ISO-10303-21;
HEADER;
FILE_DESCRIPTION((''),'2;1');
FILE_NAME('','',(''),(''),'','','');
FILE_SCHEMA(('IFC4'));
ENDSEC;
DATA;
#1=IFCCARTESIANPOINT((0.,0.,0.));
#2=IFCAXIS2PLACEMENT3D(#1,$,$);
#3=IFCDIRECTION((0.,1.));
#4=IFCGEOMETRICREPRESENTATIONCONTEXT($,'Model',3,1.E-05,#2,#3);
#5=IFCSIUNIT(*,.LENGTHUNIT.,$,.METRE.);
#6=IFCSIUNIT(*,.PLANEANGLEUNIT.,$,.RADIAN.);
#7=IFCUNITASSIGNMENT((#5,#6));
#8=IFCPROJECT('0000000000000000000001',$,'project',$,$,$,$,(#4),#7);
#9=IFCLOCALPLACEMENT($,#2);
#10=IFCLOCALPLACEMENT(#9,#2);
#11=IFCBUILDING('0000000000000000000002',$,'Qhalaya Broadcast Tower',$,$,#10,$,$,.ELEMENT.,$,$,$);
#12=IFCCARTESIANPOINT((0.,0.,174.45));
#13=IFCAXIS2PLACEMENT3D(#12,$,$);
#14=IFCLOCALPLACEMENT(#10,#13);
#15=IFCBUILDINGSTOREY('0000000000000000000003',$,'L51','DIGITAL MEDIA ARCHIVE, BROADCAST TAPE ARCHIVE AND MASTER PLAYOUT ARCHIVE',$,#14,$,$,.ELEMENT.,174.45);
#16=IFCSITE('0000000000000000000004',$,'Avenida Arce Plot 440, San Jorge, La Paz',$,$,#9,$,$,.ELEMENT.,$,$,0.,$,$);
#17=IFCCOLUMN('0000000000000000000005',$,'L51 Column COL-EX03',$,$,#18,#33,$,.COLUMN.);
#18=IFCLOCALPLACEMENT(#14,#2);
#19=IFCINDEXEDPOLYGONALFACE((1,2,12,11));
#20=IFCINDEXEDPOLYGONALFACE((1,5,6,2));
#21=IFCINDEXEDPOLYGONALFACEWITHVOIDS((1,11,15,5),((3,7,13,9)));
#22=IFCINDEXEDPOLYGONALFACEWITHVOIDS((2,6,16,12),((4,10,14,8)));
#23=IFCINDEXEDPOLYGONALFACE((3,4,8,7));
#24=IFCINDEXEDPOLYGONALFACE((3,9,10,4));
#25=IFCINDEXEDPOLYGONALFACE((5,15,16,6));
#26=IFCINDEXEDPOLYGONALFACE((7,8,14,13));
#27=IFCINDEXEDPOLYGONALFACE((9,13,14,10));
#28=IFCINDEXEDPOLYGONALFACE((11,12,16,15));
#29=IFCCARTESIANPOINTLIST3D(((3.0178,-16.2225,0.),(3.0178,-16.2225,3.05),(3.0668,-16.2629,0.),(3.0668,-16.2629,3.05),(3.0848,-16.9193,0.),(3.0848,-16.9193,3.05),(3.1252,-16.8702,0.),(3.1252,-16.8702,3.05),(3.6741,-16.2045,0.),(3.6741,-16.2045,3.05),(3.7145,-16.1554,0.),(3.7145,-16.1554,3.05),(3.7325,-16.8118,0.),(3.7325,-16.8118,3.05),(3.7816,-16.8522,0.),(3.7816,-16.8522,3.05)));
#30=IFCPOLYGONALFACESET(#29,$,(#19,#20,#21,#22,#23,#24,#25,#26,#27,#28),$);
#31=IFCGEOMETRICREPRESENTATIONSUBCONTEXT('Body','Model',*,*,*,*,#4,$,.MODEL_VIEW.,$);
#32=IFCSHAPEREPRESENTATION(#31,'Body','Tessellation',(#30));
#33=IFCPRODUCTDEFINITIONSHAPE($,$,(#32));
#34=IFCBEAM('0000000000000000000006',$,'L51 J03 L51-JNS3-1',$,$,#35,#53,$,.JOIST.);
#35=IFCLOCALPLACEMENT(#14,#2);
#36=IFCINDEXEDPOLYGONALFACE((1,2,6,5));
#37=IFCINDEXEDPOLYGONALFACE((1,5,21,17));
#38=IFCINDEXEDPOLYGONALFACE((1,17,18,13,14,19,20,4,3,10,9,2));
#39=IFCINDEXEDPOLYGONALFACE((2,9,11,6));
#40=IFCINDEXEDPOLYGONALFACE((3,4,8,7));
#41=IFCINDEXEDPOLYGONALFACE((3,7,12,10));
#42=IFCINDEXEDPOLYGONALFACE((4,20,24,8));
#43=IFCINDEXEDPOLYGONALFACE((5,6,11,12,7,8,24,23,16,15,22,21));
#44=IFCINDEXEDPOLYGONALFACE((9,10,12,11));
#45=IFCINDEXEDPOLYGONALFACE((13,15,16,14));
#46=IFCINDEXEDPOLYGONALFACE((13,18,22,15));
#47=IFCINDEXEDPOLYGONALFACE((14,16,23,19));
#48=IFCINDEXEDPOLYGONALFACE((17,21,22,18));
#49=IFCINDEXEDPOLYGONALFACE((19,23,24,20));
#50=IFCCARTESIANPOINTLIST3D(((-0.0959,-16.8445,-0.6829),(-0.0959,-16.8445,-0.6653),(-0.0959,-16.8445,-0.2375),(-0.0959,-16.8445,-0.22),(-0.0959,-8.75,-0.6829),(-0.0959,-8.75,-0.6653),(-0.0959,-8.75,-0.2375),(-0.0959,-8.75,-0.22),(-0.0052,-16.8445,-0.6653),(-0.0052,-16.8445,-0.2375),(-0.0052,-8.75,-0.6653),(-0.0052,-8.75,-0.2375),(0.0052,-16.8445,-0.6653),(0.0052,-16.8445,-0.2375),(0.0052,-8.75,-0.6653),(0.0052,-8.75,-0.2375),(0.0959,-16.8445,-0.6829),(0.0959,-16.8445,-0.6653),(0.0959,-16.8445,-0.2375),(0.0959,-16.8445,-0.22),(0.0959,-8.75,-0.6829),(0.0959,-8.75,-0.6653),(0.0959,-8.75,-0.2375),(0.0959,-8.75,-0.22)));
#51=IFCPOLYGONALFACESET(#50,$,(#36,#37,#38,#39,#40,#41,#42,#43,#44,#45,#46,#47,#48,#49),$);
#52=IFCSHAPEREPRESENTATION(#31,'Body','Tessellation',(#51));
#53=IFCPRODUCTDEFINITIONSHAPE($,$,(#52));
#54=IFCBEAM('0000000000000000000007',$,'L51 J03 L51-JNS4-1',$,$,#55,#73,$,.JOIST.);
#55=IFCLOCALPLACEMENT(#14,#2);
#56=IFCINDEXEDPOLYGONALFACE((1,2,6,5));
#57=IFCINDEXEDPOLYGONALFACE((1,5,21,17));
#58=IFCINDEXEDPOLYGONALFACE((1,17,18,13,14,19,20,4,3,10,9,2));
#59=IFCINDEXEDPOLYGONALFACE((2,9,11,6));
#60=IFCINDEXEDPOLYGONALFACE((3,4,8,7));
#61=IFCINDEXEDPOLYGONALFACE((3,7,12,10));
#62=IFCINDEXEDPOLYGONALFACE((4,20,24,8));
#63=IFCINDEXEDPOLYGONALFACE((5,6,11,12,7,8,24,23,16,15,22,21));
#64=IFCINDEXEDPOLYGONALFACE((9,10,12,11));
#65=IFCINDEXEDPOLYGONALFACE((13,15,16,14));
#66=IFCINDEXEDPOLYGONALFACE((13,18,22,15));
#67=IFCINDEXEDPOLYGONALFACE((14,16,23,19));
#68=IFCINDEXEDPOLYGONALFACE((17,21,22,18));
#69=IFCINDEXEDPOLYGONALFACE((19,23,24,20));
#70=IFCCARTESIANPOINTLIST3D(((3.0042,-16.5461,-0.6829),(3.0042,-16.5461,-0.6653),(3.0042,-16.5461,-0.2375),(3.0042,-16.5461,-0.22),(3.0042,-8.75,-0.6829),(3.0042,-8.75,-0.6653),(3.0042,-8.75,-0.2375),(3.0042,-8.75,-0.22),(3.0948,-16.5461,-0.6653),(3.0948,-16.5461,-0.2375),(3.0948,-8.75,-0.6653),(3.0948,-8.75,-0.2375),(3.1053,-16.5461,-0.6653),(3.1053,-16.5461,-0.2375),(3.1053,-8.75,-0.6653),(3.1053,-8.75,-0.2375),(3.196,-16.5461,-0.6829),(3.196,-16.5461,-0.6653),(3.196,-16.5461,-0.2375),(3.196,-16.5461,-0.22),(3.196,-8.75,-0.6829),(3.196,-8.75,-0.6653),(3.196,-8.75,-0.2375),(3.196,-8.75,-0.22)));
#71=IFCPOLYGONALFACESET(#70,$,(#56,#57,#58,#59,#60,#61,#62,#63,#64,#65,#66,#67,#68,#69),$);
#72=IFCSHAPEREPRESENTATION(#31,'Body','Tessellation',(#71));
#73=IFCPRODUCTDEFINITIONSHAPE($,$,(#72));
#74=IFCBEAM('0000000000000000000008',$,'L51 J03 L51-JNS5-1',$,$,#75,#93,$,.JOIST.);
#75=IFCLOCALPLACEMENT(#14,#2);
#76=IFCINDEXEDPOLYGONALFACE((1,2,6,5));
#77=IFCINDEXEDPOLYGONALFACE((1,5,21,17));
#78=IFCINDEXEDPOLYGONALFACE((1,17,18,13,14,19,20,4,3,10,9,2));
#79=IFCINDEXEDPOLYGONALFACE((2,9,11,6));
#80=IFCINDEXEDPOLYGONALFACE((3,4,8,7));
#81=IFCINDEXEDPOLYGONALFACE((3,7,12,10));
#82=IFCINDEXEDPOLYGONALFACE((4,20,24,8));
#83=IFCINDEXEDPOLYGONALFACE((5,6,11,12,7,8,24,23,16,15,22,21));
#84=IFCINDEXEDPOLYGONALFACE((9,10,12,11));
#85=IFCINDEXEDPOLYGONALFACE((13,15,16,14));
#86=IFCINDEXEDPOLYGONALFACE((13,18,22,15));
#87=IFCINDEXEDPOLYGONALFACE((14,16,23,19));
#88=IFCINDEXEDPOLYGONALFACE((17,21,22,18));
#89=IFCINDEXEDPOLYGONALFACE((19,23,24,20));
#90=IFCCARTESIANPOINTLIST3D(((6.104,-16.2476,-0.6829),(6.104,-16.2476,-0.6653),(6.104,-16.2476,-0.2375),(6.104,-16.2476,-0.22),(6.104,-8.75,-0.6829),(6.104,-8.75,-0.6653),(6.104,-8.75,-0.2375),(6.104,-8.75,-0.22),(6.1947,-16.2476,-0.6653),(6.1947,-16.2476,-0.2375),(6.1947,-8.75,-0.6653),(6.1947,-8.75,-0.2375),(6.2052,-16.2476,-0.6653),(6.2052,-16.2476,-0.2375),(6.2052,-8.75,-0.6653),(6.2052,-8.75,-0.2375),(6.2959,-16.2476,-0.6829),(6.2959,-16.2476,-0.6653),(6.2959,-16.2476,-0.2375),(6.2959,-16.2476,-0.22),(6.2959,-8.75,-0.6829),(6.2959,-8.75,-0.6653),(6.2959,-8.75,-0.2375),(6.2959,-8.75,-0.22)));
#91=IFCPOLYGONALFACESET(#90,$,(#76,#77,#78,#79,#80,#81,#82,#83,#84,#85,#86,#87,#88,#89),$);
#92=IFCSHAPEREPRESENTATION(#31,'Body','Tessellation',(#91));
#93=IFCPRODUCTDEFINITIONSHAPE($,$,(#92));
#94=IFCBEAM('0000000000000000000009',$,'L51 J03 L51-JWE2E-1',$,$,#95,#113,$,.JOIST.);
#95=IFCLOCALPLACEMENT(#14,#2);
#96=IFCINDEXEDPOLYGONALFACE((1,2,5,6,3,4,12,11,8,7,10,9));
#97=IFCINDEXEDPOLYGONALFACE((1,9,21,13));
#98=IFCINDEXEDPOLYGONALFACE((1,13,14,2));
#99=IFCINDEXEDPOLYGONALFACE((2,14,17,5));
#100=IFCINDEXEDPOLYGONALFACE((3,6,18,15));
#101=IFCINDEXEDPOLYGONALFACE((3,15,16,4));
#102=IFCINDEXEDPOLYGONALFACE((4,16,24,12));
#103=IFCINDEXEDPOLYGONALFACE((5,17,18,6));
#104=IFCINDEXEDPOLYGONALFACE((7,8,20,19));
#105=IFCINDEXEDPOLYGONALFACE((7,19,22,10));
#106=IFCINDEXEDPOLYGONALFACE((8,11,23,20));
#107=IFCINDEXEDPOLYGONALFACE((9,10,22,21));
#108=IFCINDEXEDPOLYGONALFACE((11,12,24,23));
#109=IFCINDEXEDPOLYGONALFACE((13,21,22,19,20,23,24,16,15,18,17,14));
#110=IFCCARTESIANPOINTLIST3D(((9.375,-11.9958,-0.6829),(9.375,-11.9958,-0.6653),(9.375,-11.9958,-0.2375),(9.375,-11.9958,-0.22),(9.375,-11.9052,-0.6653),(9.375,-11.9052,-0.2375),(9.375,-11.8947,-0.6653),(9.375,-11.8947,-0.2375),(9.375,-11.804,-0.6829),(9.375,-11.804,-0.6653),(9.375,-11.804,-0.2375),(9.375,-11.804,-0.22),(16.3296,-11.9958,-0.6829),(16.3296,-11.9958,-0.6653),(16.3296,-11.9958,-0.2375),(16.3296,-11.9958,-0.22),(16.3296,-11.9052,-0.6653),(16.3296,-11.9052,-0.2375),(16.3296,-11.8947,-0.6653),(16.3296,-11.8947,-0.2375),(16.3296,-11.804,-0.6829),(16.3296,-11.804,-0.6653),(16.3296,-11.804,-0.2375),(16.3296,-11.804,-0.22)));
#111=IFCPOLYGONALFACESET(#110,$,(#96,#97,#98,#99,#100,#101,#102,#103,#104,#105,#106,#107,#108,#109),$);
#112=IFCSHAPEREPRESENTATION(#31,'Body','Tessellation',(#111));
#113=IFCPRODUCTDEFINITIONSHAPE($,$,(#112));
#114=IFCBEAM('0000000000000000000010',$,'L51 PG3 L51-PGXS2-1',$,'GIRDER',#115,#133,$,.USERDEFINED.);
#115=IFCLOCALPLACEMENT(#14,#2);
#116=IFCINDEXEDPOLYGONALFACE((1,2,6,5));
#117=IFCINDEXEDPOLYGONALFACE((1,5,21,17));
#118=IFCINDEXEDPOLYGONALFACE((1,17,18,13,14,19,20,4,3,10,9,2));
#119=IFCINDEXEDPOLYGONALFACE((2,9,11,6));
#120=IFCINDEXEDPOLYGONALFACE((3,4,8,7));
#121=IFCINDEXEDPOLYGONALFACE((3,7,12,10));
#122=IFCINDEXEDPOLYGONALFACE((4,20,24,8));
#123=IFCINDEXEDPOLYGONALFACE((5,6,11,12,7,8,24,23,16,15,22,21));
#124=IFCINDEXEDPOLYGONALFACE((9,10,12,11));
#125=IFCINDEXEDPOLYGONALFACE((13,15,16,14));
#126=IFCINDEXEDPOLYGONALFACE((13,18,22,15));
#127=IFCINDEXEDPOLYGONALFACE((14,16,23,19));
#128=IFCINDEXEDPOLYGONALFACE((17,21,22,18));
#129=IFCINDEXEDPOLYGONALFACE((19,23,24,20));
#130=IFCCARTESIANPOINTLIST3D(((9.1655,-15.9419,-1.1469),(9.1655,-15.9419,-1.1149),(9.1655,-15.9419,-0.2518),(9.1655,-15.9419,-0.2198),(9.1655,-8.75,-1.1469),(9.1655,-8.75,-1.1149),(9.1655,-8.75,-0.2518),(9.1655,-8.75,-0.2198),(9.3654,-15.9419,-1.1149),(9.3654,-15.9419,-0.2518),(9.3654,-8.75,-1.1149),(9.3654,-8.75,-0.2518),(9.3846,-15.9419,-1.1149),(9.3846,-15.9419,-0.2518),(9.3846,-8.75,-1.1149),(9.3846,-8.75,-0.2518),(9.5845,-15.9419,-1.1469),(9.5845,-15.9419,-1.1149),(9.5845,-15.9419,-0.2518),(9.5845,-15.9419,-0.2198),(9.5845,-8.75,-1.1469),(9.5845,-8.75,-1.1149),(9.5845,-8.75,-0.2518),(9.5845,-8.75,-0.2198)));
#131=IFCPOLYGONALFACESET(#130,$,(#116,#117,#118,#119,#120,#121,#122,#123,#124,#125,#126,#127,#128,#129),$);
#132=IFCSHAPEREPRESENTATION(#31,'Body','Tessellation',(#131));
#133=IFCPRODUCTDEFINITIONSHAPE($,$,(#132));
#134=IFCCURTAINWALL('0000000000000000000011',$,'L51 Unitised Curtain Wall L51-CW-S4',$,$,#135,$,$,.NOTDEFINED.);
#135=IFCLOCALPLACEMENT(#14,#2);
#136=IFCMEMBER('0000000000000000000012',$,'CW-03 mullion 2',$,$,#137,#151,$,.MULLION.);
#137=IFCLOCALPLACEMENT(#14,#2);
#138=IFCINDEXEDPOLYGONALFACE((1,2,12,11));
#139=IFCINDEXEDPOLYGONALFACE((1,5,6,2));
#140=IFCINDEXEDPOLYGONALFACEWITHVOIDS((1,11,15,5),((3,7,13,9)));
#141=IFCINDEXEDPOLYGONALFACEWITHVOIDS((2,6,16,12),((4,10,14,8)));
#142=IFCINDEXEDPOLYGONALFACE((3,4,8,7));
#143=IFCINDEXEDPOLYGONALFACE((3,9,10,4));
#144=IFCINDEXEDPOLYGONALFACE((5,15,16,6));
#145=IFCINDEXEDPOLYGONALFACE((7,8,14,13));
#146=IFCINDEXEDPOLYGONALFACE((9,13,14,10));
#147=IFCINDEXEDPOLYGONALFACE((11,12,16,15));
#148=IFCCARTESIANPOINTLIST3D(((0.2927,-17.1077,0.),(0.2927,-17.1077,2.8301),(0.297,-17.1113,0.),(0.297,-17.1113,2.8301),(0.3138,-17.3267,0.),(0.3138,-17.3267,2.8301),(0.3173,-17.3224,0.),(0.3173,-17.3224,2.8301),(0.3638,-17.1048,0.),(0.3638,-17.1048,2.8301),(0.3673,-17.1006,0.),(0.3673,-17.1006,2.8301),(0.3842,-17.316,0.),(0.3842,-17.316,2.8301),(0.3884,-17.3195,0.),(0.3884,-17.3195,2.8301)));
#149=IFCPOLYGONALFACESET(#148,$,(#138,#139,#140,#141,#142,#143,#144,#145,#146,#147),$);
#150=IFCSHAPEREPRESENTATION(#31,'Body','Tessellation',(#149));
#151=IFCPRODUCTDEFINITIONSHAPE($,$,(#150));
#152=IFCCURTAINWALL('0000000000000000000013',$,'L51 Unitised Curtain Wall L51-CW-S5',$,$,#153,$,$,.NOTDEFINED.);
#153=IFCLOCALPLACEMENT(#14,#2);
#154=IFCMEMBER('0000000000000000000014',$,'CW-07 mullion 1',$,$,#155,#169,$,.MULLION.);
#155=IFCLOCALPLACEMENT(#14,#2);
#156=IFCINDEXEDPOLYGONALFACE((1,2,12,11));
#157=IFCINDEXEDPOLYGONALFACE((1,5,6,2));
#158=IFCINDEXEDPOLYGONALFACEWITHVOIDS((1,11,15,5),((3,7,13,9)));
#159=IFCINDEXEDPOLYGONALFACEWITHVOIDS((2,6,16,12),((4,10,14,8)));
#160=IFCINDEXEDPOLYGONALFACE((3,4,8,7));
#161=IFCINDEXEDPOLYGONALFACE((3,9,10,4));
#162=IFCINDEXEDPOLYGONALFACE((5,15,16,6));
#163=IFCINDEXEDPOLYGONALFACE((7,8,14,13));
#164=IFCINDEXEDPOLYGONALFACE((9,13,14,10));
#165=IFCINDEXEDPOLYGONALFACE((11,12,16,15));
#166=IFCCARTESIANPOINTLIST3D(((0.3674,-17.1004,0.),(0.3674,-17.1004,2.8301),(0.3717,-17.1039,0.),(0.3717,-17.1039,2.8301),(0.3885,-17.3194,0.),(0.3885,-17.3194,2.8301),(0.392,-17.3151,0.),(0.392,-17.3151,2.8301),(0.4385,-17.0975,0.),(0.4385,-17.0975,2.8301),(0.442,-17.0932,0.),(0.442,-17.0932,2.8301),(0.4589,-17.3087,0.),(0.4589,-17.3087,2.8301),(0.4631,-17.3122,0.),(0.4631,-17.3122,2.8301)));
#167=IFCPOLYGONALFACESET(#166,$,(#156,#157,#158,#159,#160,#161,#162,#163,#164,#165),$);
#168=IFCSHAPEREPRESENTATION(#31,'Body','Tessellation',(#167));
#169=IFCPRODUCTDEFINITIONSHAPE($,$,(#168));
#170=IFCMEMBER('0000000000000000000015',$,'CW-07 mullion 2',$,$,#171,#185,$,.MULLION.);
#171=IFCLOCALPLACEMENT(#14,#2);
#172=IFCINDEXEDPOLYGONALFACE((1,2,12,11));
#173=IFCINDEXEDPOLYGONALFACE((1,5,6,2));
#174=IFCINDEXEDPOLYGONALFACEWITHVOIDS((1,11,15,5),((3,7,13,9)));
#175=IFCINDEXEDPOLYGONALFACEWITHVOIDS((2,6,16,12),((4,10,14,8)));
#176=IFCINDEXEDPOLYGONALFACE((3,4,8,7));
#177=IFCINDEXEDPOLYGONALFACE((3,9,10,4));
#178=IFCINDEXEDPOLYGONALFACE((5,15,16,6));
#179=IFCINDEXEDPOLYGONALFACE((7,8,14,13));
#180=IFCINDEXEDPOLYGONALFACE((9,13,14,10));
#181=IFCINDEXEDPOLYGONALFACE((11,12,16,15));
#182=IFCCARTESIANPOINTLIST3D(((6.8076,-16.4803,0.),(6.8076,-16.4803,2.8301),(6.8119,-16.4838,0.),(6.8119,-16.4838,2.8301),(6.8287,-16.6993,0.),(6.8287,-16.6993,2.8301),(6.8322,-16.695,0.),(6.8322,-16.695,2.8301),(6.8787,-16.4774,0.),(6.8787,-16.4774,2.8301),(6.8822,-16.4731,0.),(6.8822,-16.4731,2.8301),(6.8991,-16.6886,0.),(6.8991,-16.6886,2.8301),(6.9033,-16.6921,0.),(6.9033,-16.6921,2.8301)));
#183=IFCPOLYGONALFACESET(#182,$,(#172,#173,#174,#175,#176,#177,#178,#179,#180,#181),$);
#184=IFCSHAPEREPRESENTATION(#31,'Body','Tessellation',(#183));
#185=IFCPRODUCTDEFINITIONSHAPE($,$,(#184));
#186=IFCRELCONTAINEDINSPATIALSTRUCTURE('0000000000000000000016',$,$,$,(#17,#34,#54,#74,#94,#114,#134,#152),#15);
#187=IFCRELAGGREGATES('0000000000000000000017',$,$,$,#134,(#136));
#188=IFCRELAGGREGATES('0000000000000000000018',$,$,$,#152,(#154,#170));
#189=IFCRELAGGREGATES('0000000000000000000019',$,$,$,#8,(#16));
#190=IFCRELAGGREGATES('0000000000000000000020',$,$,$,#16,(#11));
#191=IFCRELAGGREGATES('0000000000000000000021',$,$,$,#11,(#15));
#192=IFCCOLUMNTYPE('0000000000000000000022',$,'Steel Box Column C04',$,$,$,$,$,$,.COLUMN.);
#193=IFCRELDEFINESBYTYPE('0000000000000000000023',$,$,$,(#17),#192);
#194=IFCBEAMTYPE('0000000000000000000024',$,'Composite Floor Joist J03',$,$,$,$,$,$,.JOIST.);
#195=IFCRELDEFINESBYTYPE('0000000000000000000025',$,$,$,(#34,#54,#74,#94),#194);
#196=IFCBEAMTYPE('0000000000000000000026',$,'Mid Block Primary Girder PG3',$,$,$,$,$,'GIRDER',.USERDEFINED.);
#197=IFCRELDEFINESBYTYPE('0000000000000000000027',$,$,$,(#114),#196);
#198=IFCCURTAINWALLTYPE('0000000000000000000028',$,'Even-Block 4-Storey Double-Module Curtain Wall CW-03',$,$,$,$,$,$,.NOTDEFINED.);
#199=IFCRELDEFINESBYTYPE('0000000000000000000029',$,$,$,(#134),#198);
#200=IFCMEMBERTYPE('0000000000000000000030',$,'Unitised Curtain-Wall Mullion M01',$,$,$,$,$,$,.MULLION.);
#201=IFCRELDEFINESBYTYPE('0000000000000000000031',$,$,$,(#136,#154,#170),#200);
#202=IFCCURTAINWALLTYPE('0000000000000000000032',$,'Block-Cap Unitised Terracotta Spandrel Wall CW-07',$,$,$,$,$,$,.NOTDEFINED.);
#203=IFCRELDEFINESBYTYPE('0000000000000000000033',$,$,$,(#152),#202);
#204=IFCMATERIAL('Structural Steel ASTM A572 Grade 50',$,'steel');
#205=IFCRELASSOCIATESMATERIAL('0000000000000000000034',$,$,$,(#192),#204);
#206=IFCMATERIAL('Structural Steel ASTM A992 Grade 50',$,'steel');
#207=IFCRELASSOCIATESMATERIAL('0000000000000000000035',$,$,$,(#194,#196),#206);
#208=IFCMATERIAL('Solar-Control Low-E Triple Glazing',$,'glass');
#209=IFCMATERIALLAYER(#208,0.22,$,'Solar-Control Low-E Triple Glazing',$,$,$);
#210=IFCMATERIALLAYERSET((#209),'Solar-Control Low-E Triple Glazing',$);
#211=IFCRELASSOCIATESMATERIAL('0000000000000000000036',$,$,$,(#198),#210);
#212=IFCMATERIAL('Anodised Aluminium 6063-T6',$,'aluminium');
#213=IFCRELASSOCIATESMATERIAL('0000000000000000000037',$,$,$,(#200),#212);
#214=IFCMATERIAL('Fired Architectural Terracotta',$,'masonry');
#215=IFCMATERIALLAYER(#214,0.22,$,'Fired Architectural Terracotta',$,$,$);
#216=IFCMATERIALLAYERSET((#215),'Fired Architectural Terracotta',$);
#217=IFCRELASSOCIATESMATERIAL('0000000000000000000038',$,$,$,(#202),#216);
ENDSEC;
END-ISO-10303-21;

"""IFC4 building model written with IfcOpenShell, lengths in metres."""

from ifc_helpers import new_model, si_unit, direction, frame, origin, origin_2d, place, context, subcontext, project, spatial, hollow_rectangle, i_section, extrude, material, layer, layer_set, material_profile, profile_set, type_object, element, aggregate, save


model = new_model("IFC4")

# Units and contexts
model_context = context("Model", 3, precision=1e-05, world=origin(), true_north=direction((0.0, 1.0)))
body_context = subcontext(model_context, "Body", "Model", "MODEL_VIEW")
ifc_project = project(units=[si_unit("LENGTHUNIT", "METRE"), si_unit("PLANEANGLEUNIT", "RADIAN")], contexts=[model_context])

# Site, building, storey
site_placement = place(None, origin())
site = spatial("IfcSite", under=ifc_project, at=site_placement, Name="Avenida Arce Plot 440, San Jorge, La Paz", CompositionType="ELEMENT", RefElevation=0.0)
building_placement = place(site_placement, origin())
building = spatial("IfcBuilding", under=site, at=building_placement, Name="Qhalaya Broadcast Tower", CompositionType="ELEMENT")
storey_placement = place(building_placement, frame((0.0, 0.0, 174.45)))
storey = spatial("IfcBuildingStorey", under=building, at=storey_placement, Name="L51", Description="DIGITAL MEDIA ARCHIVE, BROADCAST TAPE ARCHIVE AND MASTER PLAYOUT ARCHIVE", CompositionType="ELEMENT", Elevation=174.45)

# Column
ifc_material_1 = material(Name="Structural Steel ASTM A572 Grade 50", Category="steel")
ifc_material_profile_1 = material_profile(ifc_material_1, hollow_rectangle(XDim=0.7, YDim=0.7, WallThickness=0.0449, at=origin_2d()), Name="BOX 700x700x45")
ifc_profile_set_1 = profile_set([ifc_material_profile_1], Name="Structural Steel ASTM A572 Grade 50")
column_type = type_object("IfcColumnType", Name="Steel Box Column C04", PredefinedType="COLUMN", material=ifc_profile_set_1)
column_placement = place(storey_placement, frame((3.3997, -16.5374, 0.0), z_axis=(0.0, 0.0, 1.0), x_axis=(0.995396, 0.095846, 0.0)))
element("IfcColumn", 1, at=column_placement, inside=storey, type_object=column_type, Name="L51 Column COL-EX03", PredefinedType="COLUMN", context=body_context, shape_type="SweptSolid", body=[
    extrude(hollow_rectangle(XDim=0.7, YDim=0.7, WallThickness=0.0449, at=origin_2d()), origin(), (0.0, 0.0, 1.0), 3.05),
])

# Beams
ifc_material_2 = material(Name="Structural Steel ASTM A992 Grade 50", Category="steel")
ifc_material_profile_2 = material_profile(ifc_material_2, i_section(OverallWidth=0.1919, OverallDepth=0.4629, WebThickness=0.0105, FlangeThickness=0.0176, at=origin_2d()), Name="W18X60")
ifc_profile_set_2 = profile_set([ifc_material_profile_2], Name="Structural Steel ASTM A992 Grade 50")
beam_type_1 = type_object("IfcBeamType", Name="Composite Floor Joist J03", PredefinedType="JOIST", material=ifc_profile_set_2)
beam_1_placement = place(storey_placement, frame((0.0, -16.8445, -0.4514), z_axis=(0.0, 1.0, 0.0), x_axis=(-1.0, 0.0, 0.0)))
element("IfcBeam", 2, at=beam_1_placement, inside=storey, type_object=beam_type_1, Name="L51 J03 L51-JNS3-1", PredefinedType="JOIST", context=body_context, shape_type="SweptSolid", body=[
    extrude(i_section(OverallWidth=0.1919, OverallDepth=0.4629, WebThickness=0.0105, FlangeThickness=0.0176, at=origin_2d()), origin(), (0.0, 0.0, 1.0), 8.0945),
])
beam_2_placement = place(storey_placement, frame((3.1001, -16.5461, -0.4514), z_axis=(0.0, 1.0, 0.0), x_axis=(-1.0, 0.0, 0.0)))
element("IfcBeam", 3, at=beam_2_placement, inside=storey, type_object=beam_type_1, Name="L51 J03 L51-JNS4-1", PredefinedType="JOIST", context=body_context, shape_type="SweptSolid", body=[
    extrude(i_section(OverallWidth=0.1919, OverallDepth=0.4629, WebThickness=0.0105, FlangeThickness=0.0176, at=origin_2d()), origin(), (0.0, 0.0, 1.0), 7.7961),
])
beam_3_placement = place(storey_placement, frame((6.2, -16.2476, -0.4514), z_axis=(0.0, 1.0, 0.0), x_axis=(-1.0, 0.0, 0.0)))
element("IfcBeam", 4, at=beam_3_placement, inside=storey, type_object=beam_type_1, Name="L51 J03 L51-JNS5-1", PredefinedType="JOIST", context=body_context, shape_type="SweptSolid", body=[
    extrude(i_section(OverallWidth=0.1919, OverallDepth=0.4629, WebThickness=0.0105, FlangeThickness=0.0176, at=origin_2d()), origin(), (0.0, 0.0, 1.0), 7.4976),
])
beam_4_placement = place(storey_placement, frame((9.375, -11.8999, -0.4514), z_axis=(1.0, 0.0, 0.0), x_axis=(0.0, 1.0, 0.0)))
element("IfcBeam", 5, at=beam_4_placement, inside=storey, type_object=beam_type_1, Name="L51 J03 L51-JWE2E-1", PredefinedType="JOIST", context=body_context, shape_type="SweptSolid", body=[
    extrude(i_section(OverallWidth=0.1919, OverallDepth=0.4629, WebThickness=0.0105, FlangeThickness=0.0176, at=origin_2d()), origin(), (0.0, 0.0, 1.0), 6.9546),
])
ifc_material_profile_3 = material_profile(ifc_material_2, i_section(OverallWidth=0.4189, OverallDepth=0.927, WebThickness=0.0193, FlangeThickness=0.032, at=origin_2d()), Name="W36X231")
ifc_profile_set_3 = profile_set([ifc_material_profile_3], Name="Structural Steel ASTM A992 Grade 50")
beam_type_2 = type_object("IfcBeamType", Name="Mid Block Primary Girder PG3", ElementType="GIRDER", PredefinedType="USERDEFINED", material=ifc_profile_set_3)
beam_5_placement = place(storey_placement, frame((9.375, -15.9419, -0.6833), z_axis=(0.0, 1.0, 0.0), x_axis=(-1.0, 0.0, 0.0)))
element("IfcBeam", 6, at=beam_5_placement, inside=storey, type_object=beam_type_2, Name="L51 PG3 L51-PGXS2-1", ObjectType="GIRDER", PredefinedType="USERDEFINED", context=body_context, shape_type="SweptSolid", body=[
    extrude(i_section(OverallWidth=0.4189, OverallDepth=0.927, WebThickness=0.0193, FlangeThickness=0.032, at=origin_2d()), origin(), (0.0, 0.0, 1.0), 7.1919),
])

# Curtain wall, member
ifc_material_3 = material(Name="Solar-Control Low-E Triple Glazing", Category="glass")
ifc_layer_1 = layer(ifc_material_3, 0.22, Name="Solar-Control Low-E Triple Glazing")
ifc_layer_set_1 = layer_set([ifc_layer_1], Name="Solar-Control Low-E Triple Glazing")
curtain_wall_type_1 = type_object("IfcCurtainWallType", Name="Even-Block 4-Storey Double-Module Curtain Wall CW-03", PredefinedType="NOTDEFINED", material=ifc_layer_set_1)
curtain_wall_1_placement = place(storey_placement, origin())
curtain_wall_1 = element("IfcCurtainWall", 7, at=curtain_wall_1_placement, inside=storey, type_object=curtain_wall_type_1, Name="L51 Unitised Curtain Wall L51-CW-S4", PredefinedType="NOTDEFINED")
ifc_material_4 = material(Name="Anodised Aluminium 6063-T6", Category="aluminium")
ifc_material_profile_4 = material_profile(ifc_material_4, hollow_rectangle(XDim=0.075, YDim=0.22, WallThickness=0.0039, at=origin_2d()), Name="ALU-MUL 75x220x4")
ifc_profile_set_4 = profile_set([ifc_material_profile_4], Name="Anodised Aluminium 6063-T6")
member_type_1 = type_object("IfcMemberType", Name="Unitised Curtain-Wall Mullion M01", PredefinedType="MULLION", material=ifc_profile_set_4)
member_1_placement = place(storey_placement, frame((0.3406, -17.2136, 0.0), z_axis=(0.0, 0.0, 1.0), x_axis=(0.995394, 0.095866, 0.0)))
member_1 = element("IfcMember", 8, at=member_1_placement, type_object=member_type_1, Name="CW-03 mullion 2", PredefinedType="MULLION", context=body_context, shape_type="SweptSolid", body=[
    extrude(hollow_rectangle(XDim=0.075, YDim=0.22, WallThickness=0.0039, at=origin_2d()), origin(), (0.0, 0.0, 1.0), 2.8301),
])
aggregate(curtain_wall_1, [member_1])

# Curtain wall, members
ifc_material_5 = material(Name="Fired Architectural Terracotta", Category="masonry")
ifc_layer_2 = layer(ifc_material_5, 0.22, Name="Fired Architectural Terracotta")
ifc_layer_set_2 = layer_set([ifc_layer_2], Name="Fired Architectural Terracotta")
curtain_wall_type_2 = type_object("IfcCurtainWallType", Name="Block-Cap Unitised Terracotta Spandrel Wall CW-07", PredefinedType="NOTDEFINED", material=ifc_layer_set_2)
curtain_wall_2_placement = place(storey_placement, origin())
curtain_wall_2 = element("IfcCurtainWall", 9, at=curtain_wall_2_placement, inside=storey, type_object=curtain_wall_type_2, Name="L51 Unitised Curtain Wall L51-CW-S5", PredefinedType="NOTDEFINED")
member_2_placement = place(storey_placement, frame((0.4153, -17.2063, 0.0), z_axis=(0.0, 0.0, 1.0), x_axis=(0.995396, 0.095845, 0.0)))
member_2 = element("IfcMember", 10, at=member_2_placement, type_object=member_type_1, Name="CW-07 mullion 1", PredefinedType="MULLION", context=body_context, shape_type="SweptSolid", body=[
    extrude(hollow_rectangle(XDim=0.075, YDim=0.22, WallThickness=0.0039, at=origin_2d()), origin(), (0.0, 0.0, 1.0), 2.8301),
])
member_3_placement = place(storey_placement, frame((6.8555, -16.5862, 0.0), z_axis=(0.0, 0.0, 1.0), x_axis=(0.995396, 0.095845, 0.0)))
member_3 = element("IfcMember", 11, at=member_3_placement, type_object=member_type_1, Name="CW-07 mullion 2", PredefinedType="MULLION", context=body_context, shape_type="SweptSolid", body=[
    extrude(hollow_rectangle(XDim=0.075, YDim=0.22, WallThickness=0.0039, at=origin_2d()), origin(), (0.0, 0.0, 1.0), 2.8301),
])

aggregate(curtain_wall_2, [member_2, member_3])

save(model, "model.ifc")
